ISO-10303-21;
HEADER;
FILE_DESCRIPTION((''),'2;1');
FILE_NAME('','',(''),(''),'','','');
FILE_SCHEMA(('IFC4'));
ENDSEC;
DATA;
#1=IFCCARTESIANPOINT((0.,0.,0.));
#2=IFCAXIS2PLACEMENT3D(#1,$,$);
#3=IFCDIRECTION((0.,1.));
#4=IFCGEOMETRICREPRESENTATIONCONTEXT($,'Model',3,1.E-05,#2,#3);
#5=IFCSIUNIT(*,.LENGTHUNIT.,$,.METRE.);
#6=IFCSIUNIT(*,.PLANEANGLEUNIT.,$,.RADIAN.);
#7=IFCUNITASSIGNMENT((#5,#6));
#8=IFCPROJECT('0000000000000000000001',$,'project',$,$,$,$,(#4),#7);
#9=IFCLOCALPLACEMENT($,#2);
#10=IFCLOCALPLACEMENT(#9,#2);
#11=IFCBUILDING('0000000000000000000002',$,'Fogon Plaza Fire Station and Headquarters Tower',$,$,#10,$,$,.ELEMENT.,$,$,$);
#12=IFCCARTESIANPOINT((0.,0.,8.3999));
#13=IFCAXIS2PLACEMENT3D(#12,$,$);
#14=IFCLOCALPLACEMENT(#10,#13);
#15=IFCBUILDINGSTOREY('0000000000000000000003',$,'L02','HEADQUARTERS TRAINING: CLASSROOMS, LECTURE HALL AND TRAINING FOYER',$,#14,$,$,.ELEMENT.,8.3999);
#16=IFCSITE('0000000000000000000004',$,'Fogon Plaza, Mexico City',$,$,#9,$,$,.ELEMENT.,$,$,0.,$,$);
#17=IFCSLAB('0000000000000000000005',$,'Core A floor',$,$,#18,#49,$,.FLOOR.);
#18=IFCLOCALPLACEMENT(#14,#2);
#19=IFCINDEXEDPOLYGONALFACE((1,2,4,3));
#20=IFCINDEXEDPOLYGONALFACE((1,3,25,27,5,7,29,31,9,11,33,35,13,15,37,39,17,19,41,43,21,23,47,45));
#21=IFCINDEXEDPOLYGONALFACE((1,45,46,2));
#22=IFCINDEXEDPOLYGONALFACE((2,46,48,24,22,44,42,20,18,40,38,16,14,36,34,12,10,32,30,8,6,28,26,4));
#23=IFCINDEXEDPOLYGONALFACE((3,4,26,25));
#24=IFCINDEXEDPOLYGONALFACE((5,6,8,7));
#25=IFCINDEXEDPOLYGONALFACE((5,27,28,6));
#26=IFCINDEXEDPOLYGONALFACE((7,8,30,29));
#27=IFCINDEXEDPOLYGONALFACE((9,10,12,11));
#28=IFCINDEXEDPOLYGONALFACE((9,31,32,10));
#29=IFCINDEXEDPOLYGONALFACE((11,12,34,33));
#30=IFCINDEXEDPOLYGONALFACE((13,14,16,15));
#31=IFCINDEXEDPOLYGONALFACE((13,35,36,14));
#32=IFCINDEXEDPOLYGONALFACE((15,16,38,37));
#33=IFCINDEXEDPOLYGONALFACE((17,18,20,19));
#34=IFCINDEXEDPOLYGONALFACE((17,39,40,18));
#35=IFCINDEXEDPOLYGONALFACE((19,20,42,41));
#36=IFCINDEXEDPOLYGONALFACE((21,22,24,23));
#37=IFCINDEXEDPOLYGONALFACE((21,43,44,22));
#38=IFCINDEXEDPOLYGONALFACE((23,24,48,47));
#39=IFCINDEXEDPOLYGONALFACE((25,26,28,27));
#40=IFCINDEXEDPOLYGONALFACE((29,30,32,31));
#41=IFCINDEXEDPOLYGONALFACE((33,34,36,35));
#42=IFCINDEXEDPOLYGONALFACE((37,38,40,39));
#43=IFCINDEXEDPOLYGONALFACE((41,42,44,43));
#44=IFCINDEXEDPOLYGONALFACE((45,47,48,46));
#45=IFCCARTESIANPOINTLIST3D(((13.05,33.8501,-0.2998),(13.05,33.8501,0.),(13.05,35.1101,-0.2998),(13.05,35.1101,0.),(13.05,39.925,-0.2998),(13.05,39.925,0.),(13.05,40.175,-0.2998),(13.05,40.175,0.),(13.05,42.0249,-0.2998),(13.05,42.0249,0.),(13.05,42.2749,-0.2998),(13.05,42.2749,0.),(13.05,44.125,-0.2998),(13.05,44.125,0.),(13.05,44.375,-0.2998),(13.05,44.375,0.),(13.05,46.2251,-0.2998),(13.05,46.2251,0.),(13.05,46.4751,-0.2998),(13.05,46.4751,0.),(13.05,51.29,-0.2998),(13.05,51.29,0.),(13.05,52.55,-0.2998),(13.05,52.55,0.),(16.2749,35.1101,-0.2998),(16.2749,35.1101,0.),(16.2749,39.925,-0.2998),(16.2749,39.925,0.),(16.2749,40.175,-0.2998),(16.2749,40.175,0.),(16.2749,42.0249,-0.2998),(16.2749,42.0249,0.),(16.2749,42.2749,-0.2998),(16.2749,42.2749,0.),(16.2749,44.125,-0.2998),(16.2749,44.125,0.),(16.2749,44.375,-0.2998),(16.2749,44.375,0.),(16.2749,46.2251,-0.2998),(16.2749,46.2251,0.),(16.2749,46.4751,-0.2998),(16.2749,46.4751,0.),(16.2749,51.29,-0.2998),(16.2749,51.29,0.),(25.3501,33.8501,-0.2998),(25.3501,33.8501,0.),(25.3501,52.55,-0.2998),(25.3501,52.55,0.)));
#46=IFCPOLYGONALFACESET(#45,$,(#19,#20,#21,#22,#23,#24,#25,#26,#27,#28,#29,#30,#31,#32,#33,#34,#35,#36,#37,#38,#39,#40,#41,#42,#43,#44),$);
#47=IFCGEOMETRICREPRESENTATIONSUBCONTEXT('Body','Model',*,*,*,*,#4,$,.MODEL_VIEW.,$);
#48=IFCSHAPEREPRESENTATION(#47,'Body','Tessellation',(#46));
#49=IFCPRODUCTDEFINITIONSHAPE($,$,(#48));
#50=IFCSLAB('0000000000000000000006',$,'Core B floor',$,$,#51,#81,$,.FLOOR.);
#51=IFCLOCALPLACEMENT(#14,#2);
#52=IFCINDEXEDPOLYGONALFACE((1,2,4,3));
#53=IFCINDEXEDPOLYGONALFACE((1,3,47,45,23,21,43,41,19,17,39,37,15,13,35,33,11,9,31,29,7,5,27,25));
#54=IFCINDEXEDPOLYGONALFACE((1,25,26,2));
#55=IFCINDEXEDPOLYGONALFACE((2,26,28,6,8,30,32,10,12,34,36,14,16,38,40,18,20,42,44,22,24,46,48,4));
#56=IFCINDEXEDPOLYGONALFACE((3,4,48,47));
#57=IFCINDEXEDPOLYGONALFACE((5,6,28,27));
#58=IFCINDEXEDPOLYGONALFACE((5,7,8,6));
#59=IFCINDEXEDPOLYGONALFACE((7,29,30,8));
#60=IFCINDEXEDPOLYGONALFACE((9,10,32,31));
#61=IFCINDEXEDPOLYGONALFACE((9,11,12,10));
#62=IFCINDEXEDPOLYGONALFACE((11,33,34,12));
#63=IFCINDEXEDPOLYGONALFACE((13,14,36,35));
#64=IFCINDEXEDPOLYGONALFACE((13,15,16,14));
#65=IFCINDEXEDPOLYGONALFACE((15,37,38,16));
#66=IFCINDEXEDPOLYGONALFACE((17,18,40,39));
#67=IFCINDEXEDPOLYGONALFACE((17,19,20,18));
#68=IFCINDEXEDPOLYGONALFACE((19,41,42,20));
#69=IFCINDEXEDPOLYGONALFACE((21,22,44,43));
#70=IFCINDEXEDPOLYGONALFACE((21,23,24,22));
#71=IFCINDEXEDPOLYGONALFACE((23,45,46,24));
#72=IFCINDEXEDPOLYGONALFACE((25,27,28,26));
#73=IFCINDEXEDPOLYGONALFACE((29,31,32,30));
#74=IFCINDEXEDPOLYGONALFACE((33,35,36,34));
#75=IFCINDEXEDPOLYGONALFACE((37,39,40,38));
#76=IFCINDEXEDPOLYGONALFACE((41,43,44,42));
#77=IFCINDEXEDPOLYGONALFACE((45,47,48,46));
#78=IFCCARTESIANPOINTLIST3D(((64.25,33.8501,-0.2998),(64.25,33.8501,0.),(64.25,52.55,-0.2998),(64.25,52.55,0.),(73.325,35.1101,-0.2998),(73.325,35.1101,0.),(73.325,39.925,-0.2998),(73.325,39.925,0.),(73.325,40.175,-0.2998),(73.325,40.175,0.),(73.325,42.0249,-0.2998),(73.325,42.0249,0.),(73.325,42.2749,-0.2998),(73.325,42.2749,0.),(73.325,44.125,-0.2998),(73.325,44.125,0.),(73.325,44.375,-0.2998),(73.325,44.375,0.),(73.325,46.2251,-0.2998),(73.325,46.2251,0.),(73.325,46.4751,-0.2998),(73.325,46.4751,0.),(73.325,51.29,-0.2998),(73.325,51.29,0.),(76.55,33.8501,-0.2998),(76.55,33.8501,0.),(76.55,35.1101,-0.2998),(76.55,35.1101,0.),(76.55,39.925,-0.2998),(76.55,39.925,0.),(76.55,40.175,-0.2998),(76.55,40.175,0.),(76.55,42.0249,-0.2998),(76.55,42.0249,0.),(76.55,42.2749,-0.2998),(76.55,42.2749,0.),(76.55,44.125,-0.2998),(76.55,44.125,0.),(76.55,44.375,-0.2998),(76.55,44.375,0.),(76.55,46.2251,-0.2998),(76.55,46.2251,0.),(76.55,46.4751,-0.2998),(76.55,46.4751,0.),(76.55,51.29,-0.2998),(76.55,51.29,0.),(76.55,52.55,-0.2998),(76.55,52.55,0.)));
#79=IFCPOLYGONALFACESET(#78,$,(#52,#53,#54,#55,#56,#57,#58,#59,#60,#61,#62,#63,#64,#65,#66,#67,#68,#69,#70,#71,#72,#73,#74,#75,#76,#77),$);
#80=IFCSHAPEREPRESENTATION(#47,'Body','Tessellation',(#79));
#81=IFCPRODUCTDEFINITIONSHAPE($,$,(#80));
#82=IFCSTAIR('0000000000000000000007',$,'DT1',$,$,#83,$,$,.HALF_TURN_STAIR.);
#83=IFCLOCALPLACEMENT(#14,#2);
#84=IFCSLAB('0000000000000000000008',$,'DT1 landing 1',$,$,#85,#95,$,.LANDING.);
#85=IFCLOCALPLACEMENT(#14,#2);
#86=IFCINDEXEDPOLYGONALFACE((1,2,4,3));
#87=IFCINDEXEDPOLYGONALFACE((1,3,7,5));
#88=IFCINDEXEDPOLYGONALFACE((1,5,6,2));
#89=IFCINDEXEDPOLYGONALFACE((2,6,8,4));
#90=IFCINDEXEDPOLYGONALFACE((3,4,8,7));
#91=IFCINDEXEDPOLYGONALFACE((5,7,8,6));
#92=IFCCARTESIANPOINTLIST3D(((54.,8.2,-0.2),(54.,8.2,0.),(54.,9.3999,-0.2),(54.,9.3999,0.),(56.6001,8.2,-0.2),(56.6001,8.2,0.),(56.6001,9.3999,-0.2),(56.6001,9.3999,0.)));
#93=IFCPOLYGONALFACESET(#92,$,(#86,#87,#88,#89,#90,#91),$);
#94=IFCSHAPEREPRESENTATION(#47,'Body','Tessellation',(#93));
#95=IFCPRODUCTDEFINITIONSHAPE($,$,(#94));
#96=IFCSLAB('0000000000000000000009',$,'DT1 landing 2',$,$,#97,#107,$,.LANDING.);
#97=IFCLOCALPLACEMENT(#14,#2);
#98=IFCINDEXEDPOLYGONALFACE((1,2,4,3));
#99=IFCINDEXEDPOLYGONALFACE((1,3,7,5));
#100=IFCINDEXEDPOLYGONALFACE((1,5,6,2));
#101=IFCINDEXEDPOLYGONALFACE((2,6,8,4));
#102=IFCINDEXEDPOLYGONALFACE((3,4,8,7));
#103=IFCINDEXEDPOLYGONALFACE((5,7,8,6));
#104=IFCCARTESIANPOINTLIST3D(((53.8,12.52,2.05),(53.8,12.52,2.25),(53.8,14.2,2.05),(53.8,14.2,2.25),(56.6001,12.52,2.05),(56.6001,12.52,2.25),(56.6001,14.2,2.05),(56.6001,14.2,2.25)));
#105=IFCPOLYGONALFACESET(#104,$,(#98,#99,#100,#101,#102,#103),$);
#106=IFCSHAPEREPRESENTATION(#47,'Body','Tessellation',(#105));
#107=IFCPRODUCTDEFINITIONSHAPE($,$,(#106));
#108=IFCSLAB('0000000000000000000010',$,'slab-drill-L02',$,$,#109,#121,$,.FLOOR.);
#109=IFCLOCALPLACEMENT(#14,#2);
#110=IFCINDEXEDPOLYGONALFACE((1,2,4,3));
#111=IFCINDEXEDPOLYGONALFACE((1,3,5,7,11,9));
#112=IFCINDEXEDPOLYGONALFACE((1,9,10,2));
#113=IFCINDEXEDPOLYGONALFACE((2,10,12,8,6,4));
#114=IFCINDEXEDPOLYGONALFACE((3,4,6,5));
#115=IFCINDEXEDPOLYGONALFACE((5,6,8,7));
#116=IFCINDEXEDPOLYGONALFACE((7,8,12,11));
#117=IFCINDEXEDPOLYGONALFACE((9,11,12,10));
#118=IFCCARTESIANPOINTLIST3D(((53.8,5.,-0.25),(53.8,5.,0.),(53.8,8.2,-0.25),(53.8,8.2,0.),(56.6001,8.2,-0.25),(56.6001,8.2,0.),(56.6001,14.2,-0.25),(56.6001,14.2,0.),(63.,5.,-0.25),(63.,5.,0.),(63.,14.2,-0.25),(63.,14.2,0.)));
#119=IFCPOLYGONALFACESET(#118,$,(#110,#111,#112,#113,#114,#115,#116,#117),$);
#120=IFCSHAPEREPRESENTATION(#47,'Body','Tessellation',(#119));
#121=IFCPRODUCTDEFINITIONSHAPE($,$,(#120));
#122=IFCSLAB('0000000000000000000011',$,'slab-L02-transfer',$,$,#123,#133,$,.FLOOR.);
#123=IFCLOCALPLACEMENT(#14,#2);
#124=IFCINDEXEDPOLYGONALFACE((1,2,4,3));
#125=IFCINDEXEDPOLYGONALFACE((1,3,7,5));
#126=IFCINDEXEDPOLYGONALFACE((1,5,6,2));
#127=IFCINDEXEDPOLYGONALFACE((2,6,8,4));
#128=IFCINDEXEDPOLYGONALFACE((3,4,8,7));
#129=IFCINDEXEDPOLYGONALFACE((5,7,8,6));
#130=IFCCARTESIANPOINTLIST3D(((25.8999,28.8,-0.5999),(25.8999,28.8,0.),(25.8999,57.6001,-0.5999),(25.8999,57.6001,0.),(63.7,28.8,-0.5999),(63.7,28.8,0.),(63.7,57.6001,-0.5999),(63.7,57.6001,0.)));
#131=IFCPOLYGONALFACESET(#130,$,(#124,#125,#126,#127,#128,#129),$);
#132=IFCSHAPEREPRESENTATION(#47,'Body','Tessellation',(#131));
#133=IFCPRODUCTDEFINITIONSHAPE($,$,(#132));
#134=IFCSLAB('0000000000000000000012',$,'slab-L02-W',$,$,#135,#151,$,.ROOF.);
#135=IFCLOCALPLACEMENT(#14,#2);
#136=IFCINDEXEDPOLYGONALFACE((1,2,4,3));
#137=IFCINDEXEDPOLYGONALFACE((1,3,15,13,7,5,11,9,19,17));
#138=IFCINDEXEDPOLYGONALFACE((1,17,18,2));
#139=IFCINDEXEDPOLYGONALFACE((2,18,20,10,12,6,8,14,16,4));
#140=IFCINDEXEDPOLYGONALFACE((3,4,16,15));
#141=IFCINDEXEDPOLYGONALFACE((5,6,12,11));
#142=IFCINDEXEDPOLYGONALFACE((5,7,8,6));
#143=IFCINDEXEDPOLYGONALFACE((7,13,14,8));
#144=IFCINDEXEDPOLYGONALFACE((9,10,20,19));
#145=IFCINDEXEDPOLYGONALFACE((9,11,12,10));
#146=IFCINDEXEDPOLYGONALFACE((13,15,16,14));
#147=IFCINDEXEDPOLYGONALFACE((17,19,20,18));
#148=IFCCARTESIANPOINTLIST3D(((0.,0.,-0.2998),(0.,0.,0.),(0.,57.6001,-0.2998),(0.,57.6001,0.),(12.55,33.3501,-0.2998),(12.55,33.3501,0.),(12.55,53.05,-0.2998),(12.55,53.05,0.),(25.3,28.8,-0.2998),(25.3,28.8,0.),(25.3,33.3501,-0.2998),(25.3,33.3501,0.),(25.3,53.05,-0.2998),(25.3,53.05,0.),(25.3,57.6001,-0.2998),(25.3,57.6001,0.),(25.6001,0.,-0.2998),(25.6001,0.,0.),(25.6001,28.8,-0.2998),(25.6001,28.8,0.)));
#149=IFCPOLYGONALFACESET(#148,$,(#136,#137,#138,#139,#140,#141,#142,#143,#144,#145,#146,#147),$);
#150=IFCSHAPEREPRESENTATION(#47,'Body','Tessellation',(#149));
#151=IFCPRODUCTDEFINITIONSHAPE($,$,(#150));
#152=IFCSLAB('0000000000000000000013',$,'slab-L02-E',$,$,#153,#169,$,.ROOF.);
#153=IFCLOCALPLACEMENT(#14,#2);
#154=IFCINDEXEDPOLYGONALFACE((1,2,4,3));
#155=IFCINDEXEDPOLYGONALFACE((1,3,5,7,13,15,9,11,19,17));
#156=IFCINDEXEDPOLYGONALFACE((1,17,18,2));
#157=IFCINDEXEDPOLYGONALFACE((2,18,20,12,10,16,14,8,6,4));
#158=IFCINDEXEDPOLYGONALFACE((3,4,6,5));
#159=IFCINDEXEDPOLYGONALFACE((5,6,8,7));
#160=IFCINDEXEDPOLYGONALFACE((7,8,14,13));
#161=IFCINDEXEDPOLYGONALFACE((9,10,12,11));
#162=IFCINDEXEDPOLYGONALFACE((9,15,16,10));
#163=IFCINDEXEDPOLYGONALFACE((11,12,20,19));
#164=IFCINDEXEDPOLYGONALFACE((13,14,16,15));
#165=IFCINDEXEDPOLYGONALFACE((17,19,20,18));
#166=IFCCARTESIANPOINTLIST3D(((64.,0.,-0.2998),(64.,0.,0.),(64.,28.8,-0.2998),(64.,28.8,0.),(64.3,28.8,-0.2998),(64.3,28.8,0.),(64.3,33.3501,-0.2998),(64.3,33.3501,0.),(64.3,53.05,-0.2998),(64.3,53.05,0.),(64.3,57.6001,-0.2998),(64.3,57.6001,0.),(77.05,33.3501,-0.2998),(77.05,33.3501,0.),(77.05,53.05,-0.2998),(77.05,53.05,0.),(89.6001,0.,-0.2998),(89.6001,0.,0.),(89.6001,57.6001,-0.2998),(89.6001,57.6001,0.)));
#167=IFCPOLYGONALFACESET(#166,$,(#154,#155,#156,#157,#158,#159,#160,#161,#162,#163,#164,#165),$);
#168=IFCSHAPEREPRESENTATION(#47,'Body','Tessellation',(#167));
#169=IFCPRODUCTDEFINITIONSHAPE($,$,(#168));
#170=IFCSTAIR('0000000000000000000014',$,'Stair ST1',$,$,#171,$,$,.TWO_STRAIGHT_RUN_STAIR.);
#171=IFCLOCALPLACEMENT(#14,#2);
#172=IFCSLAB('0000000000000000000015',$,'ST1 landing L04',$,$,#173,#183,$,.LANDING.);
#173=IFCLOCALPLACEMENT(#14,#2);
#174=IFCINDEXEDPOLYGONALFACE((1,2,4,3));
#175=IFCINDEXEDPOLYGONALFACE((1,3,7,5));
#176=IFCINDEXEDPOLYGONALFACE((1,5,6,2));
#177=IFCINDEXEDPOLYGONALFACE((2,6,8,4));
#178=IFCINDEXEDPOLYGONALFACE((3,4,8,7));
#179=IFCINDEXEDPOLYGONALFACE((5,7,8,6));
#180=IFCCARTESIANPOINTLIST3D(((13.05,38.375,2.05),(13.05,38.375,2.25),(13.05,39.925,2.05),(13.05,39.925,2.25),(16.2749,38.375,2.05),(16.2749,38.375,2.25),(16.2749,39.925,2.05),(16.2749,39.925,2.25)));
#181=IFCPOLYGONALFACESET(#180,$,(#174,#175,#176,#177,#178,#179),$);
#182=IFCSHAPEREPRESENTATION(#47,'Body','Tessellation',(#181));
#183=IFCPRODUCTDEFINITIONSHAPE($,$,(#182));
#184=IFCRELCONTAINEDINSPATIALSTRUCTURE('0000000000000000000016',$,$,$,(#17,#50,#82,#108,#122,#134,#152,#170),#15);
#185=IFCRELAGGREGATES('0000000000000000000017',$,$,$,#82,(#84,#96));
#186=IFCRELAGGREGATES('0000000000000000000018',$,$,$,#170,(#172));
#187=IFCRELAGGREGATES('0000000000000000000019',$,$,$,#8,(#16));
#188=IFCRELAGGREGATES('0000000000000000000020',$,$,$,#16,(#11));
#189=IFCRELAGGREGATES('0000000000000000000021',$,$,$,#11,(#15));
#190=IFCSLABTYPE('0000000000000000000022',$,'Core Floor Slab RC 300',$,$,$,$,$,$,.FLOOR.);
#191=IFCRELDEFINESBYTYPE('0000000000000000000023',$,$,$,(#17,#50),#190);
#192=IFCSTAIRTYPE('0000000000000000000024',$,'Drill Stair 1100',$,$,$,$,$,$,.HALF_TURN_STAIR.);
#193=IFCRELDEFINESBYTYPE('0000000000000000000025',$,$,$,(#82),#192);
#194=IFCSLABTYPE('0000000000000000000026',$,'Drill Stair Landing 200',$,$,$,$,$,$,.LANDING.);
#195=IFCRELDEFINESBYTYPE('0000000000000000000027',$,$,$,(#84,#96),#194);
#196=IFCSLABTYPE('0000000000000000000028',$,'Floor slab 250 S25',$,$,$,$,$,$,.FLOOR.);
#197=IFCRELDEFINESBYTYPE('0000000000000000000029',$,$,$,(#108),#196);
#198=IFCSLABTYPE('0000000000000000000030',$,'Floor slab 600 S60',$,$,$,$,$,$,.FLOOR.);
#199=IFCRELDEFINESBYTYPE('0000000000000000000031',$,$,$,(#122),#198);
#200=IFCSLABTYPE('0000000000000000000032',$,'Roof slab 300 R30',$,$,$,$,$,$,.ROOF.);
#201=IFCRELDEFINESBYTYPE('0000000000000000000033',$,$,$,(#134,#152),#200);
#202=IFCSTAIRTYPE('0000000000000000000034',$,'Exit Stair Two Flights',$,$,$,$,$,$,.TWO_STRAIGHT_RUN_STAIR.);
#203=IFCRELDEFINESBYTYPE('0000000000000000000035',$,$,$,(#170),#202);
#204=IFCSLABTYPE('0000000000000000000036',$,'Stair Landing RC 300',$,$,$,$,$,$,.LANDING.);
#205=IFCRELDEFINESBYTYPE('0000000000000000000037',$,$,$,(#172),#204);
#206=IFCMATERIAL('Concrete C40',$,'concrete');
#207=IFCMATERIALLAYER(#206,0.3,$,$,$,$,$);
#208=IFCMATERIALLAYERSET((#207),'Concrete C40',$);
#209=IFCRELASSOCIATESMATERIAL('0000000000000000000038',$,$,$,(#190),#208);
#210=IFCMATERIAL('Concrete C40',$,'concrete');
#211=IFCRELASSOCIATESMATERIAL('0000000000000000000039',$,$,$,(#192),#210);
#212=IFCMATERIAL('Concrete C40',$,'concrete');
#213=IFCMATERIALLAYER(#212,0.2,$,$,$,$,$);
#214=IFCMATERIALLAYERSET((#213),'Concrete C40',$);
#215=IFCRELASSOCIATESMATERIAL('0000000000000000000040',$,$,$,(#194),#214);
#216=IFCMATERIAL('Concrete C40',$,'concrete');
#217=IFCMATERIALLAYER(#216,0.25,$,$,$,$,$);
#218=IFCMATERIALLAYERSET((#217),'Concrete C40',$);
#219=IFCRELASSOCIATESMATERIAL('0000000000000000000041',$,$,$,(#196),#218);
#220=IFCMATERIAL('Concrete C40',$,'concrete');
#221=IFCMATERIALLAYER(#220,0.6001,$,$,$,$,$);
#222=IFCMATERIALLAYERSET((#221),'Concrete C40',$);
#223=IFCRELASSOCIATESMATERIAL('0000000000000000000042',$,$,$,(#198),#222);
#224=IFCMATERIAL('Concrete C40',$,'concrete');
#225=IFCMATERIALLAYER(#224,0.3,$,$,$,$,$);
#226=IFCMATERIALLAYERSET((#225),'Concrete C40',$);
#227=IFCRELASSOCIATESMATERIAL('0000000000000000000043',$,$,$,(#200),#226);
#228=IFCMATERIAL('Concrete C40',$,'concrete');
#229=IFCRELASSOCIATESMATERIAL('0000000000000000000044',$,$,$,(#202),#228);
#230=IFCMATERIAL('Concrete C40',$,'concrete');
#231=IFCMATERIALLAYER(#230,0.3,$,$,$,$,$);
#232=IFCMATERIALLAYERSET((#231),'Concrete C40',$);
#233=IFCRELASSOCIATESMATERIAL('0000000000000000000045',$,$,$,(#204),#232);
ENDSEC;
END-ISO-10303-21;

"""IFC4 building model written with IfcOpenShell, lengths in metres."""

from ifc_helpers import new_model, si_unit, direction, frame, origin, place, context, subcontext, project, spatial, polyline, outline, extrude, material, layer, layer_set, type_object, element, aggregate, save


model = new_model("IFC4")

# Units and contexts
model_context = context("Model", 3, precision=1e-05, world=origin(), true_north=direction((0.0, 1.0)))
body_context = subcontext(model_context, "Body", "Model", "MODEL_VIEW")
ifc_project = project(units=[si_unit("LENGTHUNIT", "METRE"), si_unit("PLANEANGLEUNIT", "RADIAN")], contexts=[model_context])

# Site, building, storey
site_placement = place(None, origin())
site = spatial("IfcSite", under=ifc_project, at=site_placement, Name="Fogon Plaza, Mexico City", CompositionType="ELEMENT", RefElevation=0.0)
building_placement = place(site_placement, origin())
building = spatial("IfcBuilding", under=site, at=building_placement, Name="Fogon Plaza Fire Station and Headquarters Tower", CompositionType="ELEMENT")
storey_placement = place(building_placement, frame((0.0, 0.0, 8.3999)))
storey = spatial("IfcBuildingStorey", under=building, at=storey_placement, Name="L02", Description="HEADQUARTERS TRAINING: CLASSROOMS, LECTURE HALL AND TRAINING FOYER", CompositionType="ELEMENT", Elevation=8.3999)

# Slabs
ifc_material_1 = material(Name="Concrete C40", Category="concrete")
ifc_layer_1 = layer(ifc_material_1, 0.3)
ifc_layer_set_1 = layer_set([ifc_layer_1], Name="Concrete C40")
slab_type_1 = type_object("IfcSlabType", Name="Core Floor Slab RC 300", PredefinedType="FLOOR", material=ifc_layer_set_1)
slab_1_placement = place(storey_placement, frame((0.0, 0.0, -0.2998)))
element("IfcSlab", 1, at=slab_1_placement, inside=storey, type_object=slab_type_1, Name="Core A floor", PredefinedType="FLOOR", context=body_context, shape_type="SweptSolid", body=[
    extrude(outline(polyline([(13.05, 35.1101), (13.05, 33.8501), (25.3501, 33.8501), (25.3501, 52.55), (13.05, 52.55), (13.05, 51.29), (16.2749, 51.29), (16.2749, 46.4751), (13.05, 46.4751), (13.05, 46.2251), (16.2749, 46.2251), (16.2749, 44.375), (13.05, 44.375), (13.05, 44.125), (16.2749, 44.125), (16.2749, 42.2749), (13.05, 42.2749), (13.05, 42.0249), (16.2749, 42.0249), (16.2749, 40.175), (13.05, 40.175), (13.05, 39.925), (16.2749, 39.925), (16.2749, 35.1101), (13.05, 35.1101)])), origin(), (0.0, 0.0, 1.0), 0.2998),
])
slab_2_placement = place(storey_placement, frame((0.0, 0.0, -0.2998)))
element("IfcSlab", 2, at=slab_2_placement, inside=storey, type_object=slab_type_1, Name="Core B floor", PredefinedType="FLOOR", context=body_context, shape_type="SweptSolid", body=[
    extrude(outline(polyline([(76.55, 35.1101), (73.325, 35.1101), (73.325, 39.925), (76.55, 39.925), (76.55, 40.175), (73.325, 40.175), (73.325, 42.0249), (76.55, 42.0249), (76.55, 42.2749), (73.325, 42.2749), (73.325, 44.125), (76.55, 44.125), (76.55, 44.375), (73.325, 44.375), (73.325, 46.2251), (76.55, 46.2251), (76.55, 46.4751), (73.325, 46.4751), (73.325, 51.29), (76.55, 51.29), (76.55, 52.55), (64.25, 52.55), (64.25, 33.8501), (76.55, 33.8501), (76.55, 35.1101)])), origin(), (0.0, 0.0, 1.0), 0.2998),
])

# Stair, slabs
ifc_material_2 = material(Name="Concrete C40", Category="concrete")
stair_type_1 = type_object("IfcStairType", Name="Drill Stair 1100", PredefinedType="HALF_TURN_STAIR", material=ifc_material_2)
stair_1_placement = place(storey_placement, origin())
stair_1 = element("IfcStair", 3, at=stair_1_placement, inside=storey, type_object=stair_type_1, Name="DT1", PredefinedType="HALF_TURN_STAIR")
ifc_material_3 = material(Name="Concrete C40", Category="concrete")
ifc_layer_2 = layer(ifc_material_3, 0.2)
ifc_layer_set_2 = layer_set([ifc_layer_2], Name="Concrete C40")
slab_type_2 = type_object("IfcSlabType", Name="Drill Stair Landing 200", PredefinedType="LANDING", material=ifc_layer_set_2)
slab_3_placement = place(storey_placement, frame((0.0, 0.0, -0.2)))
slab_3 = element("IfcSlab", 4, at=slab_3_placement, type_object=slab_type_2, Name="DT1 landing 1", PredefinedType="LANDING", context=body_context, shape_type="SweptSolid", body=[
    extrude(outline(polyline([(54.0, 8.2), (56.6001, 8.2), (56.6001, 9.3999), (54.0, 9.3999), (54.0, 8.2)])), origin(), (0.0, 0.0, 1.0), 0.2),
])
slab_4_placement = place(storey_placement, frame((0.0, 0.0, 2.05)))
slab_4 = element("IfcSlab", 5, at=slab_4_placement, type_object=slab_type_2, Name="DT1 landing 2", PredefinedType="LANDING", context=body_context, shape_type="SweptSolid", body=[
    extrude(outline(polyline([(53.8, 12.52), (56.6001, 12.52), (56.6001, 14.2), (53.8, 14.2), (53.8, 12.52)])), origin(), (0.0, 0.0, 1.0), 0.2),
])
aggregate(stair_1, [slab_3, slab_4])

# Slabs
ifc_material_4 = material(Name="Concrete C40", Category="concrete")
ifc_layer_3 = layer(ifc_material_4, 0.25)
ifc_layer_set_3 = layer_set([ifc_layer_3], Name="Concrete C40")
slab_type_3 = type_object("IfcSlabType", Name="Floor slab 250 S25", PredefinedType="FLOOR", material=ifc_layer_set_3)
slab_5_placement = place(storey_placement, frame((0.0, 0.0, -0.25)))
element("IfcSlab", 6, at=slab_5_placement, inside=storey, type_object=slab_type_3, Name="slab-drill-L02", PredefinedType="FLOOR", context=body_context, shape_type="SweptSolid", body=[
    extrude(outline(polyline([(63.0, 14.2), (63.0, 5.0), (53.8, 5.0), (53.8, 8.2), (56.6001, 8.2), (56.6001, 14.2), (63.0, 14.2)])), origin(), (0.0, 0.0, 1.0), 0.25),
])
ifc_material_5 = material(Name="Concrete C40", Category="concrete")
ifc_layer_4 = layer(ifc_material_5, 0.6001)
ifc_layer_set_4 = layer_set([ifc_layer_4], Name="Concrete C40")
slab_type_4 = type_object("IfcSlabType", Name="Floor slab 600 S60", PredefinedType="FLOOR", material=ifc_layer_set_4)
slab_6_placement = place(storey_placement, frame((0.0, 0.0, -0.5999)))
element("IfcSlab", 7, at=slab_6_placement, inside=storey, type_object=slab_type_4, Name="slab-L02-transfer", PredefinedType="FLOOR", context=body_context, shape_type="SweptSolid", body=[
    extrude(outline(polyline([(63.7, 28.8), (63.7, 57.6001), (25.8999, 57.6001), (25.8999, 28.8), (63.7, 28.8)])), origin(), (0.0, 0.0, 1.0), 0.5999),
])
ifc_material_6 = material(Name="Concrete C40", Category="concrete")
ifc_layer_5 = layer(ifc_material_6, 0.3)
ifc_layer_set_5 = layer_set([ifc_layer_5], Name="Concrete C40")
slab_type_5 = type_object("IfcSlabType", Name="Roof slab 300 R30", PredefinedType="ROOF", material=ifc_layer_set_5)
slab_7_placement = place(storey_placement, frame((0.0, 0.0, -0.2998)))
element("IfcSlab", 8, at=slab_7_placement, inside=storey, type_object=slab_type_5, Name="slab-L02-W", PredefinedType="ROOF", context=body_context, shape_type="SweptSolid", body=[
    extrude(outline(polyline([(25.6001, 0.0), (0.0, 0.0), (0.0, 57.6001), (25.3, 57.6001), (25.3, 53.05), (12.55, 53.05), (12.55, 33.3501), (25.3, 33.3501), (25.3, 28.8), (25.6001, 28.8), (25.6001, 0.0)])), origin(), (0.0, 0.0, 1.0), 0.2998),
])
slab_8_placement = place(storey_placement, frame((0.0, 0.0, -0.2998)))
element("IfcSlab", 9, at=slab_8_placement, inside=storey, type_object=slab_type_5, Name="slab-L02-E", PredefinedType="ROOF", context=body_context, shape_type="SweptSolid", body=[
    extrude(outline(polyline([(64.0, 0.0), (89.6001, 0.0), (89.6001, 57.6001), (64.3, 57.6001), (64.3, 53.05), (77.05, 53.05), (77.05, 33.3501), (64.3, 33.3501), (64.3, 28.8), (64.0, 28.8), (64.0, 0.0)])), origin(), (0.0, 0.0, 1.0), 0.2998),
])

# Stair, slab
ifc_material_7 = material(Name="Concrete C40", Category="concrete")
stair_type_2 = type_object("IfcStairType", Name="Exit Stair Two Flights", PredefinedType="TWO_STRAIGHT_RUN_STAIR", material=ifc_material_7)
stair_2_placement = place(storey_placement, origin())
stair_2 = element("IfcStair", 10, at=stair_2_placement, inside=storey, type_object=stair_type_2, Name="Stair ST1", PredefinedType="TWO_STRAIGHT_RUN_STAIR")
ifc_material_8 = material(Name="Concrete C40", Category="concrete")
ifc_layer_6 = layer(ifc_material_8, 0.3)
ifc_layer_set_6 = layer_set([ifc_layer_6], Name="Concrete C40")
slab_type_6 = type_object("IfcSlabType", Name="Stair Landing RC 300", PredefinedType="LANDING", material=ifc_layer_set_6)
slab_9_placement = place(storey_placement, frame((0.0, 0.0, 2.05)))
slab_9 = element("IfcSlab", 11, at=slab_9_placement, type_object=slab_type_6, Name="ST1 landing L04", PredefinedType="LANDING", context=body_context, shape_type="SweptSolid", body=[
    extrude(outline(polyline([(16.2749, 38.375), (16.2749, 39.925), (13.05, 39.925), (13.05, 38.375), (16.2749, 38.375)])), origin(), (0.0, 0.0, 1.0), 0.2),
])
aggregate(stair_2, [slab_9])

save(model, "model.ifc")
